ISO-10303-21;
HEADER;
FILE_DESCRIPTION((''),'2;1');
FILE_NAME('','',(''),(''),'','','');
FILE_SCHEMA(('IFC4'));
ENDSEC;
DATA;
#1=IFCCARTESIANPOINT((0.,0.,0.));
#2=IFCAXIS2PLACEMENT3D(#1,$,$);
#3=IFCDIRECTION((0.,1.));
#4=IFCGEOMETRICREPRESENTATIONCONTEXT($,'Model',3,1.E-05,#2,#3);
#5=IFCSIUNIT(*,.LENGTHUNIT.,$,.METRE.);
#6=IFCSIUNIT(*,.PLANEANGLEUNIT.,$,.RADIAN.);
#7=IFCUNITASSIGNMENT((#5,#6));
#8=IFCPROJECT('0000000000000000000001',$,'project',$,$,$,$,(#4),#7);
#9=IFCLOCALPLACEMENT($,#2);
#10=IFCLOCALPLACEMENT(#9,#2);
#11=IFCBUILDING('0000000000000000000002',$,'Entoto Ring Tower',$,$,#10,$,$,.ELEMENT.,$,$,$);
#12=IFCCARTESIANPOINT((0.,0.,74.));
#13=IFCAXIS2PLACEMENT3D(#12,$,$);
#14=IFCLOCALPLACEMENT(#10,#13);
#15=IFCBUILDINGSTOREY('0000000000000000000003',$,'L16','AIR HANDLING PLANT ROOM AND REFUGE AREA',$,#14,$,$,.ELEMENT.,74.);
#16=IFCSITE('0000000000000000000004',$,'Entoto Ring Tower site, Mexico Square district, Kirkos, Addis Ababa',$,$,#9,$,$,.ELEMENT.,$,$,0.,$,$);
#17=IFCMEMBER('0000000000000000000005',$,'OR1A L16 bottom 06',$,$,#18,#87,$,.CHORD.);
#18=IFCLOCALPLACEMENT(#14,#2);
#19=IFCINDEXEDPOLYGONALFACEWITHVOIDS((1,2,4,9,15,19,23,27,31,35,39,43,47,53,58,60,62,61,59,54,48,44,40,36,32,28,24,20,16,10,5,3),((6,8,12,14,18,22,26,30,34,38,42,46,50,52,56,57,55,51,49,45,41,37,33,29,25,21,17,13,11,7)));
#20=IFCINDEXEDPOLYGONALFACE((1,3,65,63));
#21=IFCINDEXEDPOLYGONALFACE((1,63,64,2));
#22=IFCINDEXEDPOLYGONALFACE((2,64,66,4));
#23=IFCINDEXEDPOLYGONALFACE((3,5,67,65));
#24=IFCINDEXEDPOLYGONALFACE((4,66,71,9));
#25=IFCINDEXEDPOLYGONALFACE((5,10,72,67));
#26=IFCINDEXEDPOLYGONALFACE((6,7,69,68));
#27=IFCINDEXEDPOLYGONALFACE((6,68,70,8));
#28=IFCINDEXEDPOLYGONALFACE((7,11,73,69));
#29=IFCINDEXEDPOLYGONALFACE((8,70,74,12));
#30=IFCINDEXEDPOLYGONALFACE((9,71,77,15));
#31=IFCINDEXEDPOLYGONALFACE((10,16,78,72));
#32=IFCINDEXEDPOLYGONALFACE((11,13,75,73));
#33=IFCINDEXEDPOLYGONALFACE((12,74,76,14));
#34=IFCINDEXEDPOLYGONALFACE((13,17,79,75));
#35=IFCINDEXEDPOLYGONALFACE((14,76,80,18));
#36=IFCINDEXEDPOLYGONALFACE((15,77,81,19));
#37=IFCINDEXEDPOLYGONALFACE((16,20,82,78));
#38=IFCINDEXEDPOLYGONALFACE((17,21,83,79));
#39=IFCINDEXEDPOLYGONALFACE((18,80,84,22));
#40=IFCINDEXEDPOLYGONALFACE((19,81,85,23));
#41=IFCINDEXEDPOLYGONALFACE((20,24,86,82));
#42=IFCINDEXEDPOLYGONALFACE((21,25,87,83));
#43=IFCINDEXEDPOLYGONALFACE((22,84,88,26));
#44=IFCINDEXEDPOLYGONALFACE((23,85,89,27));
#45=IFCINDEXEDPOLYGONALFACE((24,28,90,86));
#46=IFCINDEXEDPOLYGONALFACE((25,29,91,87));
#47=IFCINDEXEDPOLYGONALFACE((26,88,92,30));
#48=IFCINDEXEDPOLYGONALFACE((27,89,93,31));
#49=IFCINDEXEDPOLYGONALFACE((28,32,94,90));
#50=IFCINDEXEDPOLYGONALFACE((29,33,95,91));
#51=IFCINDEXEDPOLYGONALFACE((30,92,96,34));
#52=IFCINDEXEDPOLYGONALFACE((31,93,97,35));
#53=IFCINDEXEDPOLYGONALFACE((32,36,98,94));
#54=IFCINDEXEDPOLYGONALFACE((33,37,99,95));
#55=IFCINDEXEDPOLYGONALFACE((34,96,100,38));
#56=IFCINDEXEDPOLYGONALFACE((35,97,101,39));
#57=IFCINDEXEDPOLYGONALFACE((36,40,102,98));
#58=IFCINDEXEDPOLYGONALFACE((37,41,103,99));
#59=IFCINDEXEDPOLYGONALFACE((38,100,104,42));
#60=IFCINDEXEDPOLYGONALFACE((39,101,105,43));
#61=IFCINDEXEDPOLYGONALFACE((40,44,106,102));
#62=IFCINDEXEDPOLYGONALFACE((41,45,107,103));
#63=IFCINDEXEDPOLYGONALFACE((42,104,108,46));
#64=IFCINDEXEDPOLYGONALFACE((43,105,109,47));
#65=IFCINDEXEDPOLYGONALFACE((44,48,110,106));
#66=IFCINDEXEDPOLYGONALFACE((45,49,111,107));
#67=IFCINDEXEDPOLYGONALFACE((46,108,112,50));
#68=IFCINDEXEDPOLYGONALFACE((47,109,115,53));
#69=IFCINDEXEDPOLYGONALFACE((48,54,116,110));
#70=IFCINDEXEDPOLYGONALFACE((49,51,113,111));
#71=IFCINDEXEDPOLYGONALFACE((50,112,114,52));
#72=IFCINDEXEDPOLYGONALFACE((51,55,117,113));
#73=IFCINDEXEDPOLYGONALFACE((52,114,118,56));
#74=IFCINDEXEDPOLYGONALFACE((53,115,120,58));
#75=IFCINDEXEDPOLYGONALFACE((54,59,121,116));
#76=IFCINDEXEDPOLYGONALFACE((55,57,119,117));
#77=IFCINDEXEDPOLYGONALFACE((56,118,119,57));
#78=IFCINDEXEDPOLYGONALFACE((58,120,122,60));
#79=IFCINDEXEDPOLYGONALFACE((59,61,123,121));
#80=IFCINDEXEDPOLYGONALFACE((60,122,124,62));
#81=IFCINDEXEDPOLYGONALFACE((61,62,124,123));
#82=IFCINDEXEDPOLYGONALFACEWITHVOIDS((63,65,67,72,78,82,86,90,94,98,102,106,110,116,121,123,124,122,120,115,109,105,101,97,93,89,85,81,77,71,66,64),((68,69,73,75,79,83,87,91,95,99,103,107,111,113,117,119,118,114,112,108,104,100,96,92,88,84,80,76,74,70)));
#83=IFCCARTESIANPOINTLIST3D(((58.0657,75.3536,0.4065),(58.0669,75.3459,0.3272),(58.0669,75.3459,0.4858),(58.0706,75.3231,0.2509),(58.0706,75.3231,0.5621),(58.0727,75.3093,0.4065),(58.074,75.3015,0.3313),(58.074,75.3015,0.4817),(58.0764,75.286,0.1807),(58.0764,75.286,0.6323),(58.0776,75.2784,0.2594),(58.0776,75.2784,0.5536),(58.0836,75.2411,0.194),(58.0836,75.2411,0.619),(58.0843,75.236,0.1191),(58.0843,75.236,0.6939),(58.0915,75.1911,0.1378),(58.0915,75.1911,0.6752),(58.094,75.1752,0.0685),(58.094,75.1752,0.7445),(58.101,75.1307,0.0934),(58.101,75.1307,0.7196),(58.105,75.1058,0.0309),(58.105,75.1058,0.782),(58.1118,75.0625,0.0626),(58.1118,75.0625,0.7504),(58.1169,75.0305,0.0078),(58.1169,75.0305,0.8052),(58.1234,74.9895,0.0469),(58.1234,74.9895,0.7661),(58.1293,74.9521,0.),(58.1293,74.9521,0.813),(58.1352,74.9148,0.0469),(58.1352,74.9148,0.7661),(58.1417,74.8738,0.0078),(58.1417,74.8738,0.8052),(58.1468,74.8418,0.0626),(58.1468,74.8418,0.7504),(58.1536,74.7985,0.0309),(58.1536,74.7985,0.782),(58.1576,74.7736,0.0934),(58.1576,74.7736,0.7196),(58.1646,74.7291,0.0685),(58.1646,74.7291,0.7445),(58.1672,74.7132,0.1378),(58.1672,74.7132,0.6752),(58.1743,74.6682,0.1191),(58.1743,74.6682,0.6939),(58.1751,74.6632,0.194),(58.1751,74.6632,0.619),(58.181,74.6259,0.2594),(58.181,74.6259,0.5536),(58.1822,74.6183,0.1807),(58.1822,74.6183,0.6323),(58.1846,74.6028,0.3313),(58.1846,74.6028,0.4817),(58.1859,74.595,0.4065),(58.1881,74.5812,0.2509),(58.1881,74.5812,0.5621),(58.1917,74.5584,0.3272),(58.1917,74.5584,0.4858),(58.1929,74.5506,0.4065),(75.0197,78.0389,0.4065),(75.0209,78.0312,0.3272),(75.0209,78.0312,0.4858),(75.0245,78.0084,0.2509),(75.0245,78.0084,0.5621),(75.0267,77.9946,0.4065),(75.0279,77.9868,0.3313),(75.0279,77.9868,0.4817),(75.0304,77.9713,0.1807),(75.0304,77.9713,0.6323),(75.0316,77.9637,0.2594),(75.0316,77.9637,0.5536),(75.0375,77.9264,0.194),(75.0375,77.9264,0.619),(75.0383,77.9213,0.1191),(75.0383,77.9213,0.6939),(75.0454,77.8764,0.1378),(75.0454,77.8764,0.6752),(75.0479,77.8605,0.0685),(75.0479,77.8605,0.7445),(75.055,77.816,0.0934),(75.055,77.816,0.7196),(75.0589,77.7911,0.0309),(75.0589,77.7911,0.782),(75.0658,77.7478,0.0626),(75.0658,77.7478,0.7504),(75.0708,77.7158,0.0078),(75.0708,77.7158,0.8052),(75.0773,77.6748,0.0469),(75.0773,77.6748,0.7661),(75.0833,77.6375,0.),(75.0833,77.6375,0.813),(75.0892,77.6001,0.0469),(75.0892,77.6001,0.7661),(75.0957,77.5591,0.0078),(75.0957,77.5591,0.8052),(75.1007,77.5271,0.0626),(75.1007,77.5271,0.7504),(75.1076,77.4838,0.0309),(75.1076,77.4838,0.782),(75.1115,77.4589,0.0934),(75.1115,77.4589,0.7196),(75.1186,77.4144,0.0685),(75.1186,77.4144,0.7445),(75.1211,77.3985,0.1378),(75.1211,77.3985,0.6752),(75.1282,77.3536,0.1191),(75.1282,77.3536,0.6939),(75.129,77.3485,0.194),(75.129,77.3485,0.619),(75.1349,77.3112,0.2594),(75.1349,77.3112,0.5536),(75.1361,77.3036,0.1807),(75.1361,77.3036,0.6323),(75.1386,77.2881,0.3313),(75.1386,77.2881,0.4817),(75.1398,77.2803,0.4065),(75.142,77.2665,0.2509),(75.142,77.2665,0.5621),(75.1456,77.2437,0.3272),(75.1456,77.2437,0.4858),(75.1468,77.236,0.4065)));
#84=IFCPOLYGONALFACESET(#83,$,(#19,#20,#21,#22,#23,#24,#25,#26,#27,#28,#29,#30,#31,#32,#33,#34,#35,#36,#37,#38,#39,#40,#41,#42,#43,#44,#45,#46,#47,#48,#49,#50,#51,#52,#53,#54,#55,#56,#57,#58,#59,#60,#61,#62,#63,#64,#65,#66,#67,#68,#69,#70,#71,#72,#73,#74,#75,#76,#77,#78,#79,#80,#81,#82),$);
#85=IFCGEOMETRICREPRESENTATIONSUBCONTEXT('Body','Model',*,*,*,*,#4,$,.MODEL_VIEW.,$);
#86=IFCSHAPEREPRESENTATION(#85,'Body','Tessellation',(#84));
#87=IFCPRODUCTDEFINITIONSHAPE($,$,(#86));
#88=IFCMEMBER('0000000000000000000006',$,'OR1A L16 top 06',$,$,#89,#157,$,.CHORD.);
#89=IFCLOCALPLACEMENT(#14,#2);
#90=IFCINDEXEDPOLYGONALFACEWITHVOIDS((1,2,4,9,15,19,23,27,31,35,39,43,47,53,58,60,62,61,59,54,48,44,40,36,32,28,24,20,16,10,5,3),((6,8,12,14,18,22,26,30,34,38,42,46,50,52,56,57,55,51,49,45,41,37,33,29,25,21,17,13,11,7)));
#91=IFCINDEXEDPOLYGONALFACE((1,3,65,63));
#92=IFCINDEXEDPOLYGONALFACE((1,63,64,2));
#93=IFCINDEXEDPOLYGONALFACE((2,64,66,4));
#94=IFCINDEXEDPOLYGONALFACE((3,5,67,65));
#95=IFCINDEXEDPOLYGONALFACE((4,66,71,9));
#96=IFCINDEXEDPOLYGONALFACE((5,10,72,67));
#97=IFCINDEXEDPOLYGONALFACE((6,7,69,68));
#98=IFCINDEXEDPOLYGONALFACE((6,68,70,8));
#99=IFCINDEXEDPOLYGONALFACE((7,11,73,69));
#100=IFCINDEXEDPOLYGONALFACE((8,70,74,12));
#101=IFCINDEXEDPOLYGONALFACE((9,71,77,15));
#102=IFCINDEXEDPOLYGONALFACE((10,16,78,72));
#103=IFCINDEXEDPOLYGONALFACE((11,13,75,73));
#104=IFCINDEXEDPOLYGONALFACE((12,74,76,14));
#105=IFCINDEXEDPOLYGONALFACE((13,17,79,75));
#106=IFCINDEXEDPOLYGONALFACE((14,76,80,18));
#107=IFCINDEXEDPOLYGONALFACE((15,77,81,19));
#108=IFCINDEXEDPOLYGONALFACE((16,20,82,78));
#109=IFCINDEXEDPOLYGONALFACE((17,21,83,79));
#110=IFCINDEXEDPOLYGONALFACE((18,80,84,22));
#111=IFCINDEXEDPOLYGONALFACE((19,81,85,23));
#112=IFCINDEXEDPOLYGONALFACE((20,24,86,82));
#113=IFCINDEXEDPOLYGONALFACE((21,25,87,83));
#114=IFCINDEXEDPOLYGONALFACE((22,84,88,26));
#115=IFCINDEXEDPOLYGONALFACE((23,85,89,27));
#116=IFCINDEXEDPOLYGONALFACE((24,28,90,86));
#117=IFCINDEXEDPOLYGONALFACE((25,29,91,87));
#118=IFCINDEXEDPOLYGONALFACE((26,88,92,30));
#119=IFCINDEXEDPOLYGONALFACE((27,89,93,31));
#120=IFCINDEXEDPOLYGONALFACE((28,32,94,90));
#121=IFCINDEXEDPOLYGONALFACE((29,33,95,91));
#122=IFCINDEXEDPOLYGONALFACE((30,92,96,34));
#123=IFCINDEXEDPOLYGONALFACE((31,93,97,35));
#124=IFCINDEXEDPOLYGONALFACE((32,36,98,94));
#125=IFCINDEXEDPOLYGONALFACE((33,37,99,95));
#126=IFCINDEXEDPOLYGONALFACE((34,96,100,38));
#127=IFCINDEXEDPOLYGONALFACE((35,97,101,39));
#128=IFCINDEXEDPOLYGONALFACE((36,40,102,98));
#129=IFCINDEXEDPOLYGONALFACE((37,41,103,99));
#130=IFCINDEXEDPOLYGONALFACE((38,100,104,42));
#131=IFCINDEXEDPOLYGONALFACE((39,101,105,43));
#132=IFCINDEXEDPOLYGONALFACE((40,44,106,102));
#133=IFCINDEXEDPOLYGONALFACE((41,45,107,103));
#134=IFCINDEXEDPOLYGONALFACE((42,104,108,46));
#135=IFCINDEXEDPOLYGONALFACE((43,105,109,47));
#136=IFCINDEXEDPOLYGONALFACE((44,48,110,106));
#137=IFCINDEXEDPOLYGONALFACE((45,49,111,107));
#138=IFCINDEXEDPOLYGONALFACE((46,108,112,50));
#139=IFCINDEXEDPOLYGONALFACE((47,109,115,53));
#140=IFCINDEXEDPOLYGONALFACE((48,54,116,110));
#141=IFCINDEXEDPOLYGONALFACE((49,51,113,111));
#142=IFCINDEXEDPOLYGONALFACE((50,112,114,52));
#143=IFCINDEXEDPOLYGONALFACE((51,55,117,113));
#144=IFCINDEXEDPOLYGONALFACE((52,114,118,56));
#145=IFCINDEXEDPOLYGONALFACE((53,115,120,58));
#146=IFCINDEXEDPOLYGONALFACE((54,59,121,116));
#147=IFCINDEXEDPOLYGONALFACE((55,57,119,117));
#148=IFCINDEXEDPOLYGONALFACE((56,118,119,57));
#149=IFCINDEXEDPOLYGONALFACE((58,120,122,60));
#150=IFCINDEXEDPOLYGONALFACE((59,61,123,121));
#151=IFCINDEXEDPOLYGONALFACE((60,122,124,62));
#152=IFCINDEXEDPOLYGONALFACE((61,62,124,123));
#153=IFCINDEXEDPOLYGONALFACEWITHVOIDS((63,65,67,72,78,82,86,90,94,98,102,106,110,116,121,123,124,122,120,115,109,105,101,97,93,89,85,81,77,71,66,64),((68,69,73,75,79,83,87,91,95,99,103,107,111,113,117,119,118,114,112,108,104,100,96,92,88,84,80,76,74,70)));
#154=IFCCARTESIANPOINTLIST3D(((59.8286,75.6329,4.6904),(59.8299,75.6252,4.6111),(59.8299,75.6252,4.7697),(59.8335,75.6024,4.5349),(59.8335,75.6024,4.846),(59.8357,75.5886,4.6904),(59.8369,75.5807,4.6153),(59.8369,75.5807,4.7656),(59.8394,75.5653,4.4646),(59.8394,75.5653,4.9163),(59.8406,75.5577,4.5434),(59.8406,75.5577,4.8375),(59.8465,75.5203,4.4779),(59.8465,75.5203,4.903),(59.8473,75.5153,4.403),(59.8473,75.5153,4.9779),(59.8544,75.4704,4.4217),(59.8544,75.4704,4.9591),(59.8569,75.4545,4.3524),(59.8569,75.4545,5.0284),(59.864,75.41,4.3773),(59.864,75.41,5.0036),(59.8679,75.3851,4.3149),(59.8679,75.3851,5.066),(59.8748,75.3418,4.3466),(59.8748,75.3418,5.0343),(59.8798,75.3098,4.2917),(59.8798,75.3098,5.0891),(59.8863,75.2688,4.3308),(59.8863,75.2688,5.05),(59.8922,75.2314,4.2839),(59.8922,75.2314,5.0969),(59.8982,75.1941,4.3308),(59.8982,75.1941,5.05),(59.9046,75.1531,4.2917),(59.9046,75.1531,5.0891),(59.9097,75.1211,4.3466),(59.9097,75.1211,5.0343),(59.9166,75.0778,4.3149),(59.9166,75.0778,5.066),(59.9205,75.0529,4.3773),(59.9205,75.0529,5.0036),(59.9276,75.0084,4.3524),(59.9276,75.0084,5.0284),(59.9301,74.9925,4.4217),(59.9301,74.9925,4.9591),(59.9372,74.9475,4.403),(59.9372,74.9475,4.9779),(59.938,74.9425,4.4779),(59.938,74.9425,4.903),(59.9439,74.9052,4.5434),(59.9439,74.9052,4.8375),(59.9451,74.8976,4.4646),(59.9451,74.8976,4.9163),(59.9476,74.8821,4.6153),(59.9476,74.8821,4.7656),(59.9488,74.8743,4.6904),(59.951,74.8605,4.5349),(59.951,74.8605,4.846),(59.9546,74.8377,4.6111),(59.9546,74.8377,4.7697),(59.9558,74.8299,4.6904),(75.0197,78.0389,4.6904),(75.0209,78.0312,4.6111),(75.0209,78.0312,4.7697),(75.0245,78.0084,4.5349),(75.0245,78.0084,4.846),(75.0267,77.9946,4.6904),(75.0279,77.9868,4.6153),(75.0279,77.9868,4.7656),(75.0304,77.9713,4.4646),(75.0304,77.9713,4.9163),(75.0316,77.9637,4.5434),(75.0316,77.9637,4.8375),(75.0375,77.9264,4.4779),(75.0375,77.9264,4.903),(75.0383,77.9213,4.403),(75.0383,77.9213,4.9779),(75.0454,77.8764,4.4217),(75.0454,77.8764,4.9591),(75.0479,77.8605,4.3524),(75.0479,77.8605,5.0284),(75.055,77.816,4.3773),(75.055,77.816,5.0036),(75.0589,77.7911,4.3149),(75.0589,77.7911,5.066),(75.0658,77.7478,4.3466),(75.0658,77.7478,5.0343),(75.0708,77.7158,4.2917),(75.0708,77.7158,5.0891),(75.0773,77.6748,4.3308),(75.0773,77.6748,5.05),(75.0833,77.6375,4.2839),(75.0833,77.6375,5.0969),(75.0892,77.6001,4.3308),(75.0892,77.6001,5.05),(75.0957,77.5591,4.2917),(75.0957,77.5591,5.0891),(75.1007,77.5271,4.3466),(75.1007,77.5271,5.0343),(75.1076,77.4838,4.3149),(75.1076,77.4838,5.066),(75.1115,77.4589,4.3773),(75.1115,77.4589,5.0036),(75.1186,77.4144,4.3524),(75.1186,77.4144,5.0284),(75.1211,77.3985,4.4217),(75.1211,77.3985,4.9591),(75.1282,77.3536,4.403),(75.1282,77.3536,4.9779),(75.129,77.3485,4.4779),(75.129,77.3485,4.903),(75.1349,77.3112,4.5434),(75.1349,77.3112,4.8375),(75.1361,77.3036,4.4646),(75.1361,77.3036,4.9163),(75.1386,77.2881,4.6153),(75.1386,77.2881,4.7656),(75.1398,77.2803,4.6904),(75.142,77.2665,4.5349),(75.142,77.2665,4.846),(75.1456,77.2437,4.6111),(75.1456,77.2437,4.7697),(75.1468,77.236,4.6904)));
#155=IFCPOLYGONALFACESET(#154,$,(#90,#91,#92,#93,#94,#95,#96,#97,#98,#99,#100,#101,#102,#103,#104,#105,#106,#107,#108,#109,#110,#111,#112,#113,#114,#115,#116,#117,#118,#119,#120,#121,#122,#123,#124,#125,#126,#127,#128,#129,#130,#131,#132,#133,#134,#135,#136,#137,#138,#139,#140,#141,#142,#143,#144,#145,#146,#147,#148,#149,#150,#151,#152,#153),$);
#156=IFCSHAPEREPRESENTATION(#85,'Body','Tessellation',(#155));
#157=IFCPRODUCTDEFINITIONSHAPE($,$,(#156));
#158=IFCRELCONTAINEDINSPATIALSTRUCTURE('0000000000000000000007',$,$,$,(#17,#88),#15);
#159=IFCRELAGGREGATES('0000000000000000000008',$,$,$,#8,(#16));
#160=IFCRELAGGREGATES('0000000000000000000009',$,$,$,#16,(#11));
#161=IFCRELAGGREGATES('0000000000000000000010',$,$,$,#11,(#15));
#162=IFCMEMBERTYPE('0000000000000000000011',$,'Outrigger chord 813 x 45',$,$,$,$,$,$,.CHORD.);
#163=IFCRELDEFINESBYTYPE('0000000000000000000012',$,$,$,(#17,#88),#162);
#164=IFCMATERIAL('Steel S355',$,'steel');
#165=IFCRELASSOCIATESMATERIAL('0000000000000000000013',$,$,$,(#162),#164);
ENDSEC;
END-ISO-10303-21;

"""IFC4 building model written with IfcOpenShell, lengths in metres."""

from ifc_helpers import new_model, si_unit, direction, frame, origin, origin_2d, place, context, subcontext, project, spatial, circle, hollow_circle, extrude, material, material_profile, profile_set, type_object, element, save


model = new_model("IFC4")

# Units and contexts
model_context = context("Model", 3, precision=1e-05, world=origin(), true_north=direction((0.0, 1.0)))
body_context = subcontext(model_context, "Body", "Model", "MODEL_VIEW")
ifc_project = project(units=[si_unit("LENGTHUNIT", "METRE"), si_unit("PLANEANGLEUNIT", "RADIAN")], contexts=[model_context])

# Site, building, storey
site_placement = place(None, origin())
site = spatial("IfcSite", under=ifc_project, at=site_placement, Name="Entoto Ring Tower site, Mexico Square district, Kirkos, Addis Ababa", CompositionType="ELEMENT", RefElevation=0.0)
building_placement = place(site_placement, origin())
building = spatial("IfcBuilding", under=site, at=building_placement, Name="Entoto Ring Tower", CompositionType="ELEMENT")
storey_placement = place(building_placement, frame((0.0, 0.0, 74.0)))
storey = spatial("IfcBuildingStorey", under=building, at=storey_placement, Name="L16", Description="AIR HANDLING PLANT ROOM AND REFUGE AREA", CompositionType="ELEMENT", Elevation=74.0)

# Members
ifc_material_1 = material(Name="Steel S355", Category="steel")
ifc_material_profile_1 = material_profile(ifc_material_1, hollow_circle(Radius=0.4065, WallThickness=0.0449, at=origin_2d()), Name="CHS 813 x 45")
ifc_material_2 = material(Name="Concrete C60/75", Category="concrete")
ifc_material_profile_2 = material_profile(ifc_material_2, circle(Radius=0.3616, at=origin_2d()), Name="Concrete C60/75 infill")
ifc_profile_set_1 = profile_set([ifc_material_profile_1, ifc_material_profile_2], Name="Steel S355")
member_type_1 = type_object("IfcMemberType", Name="Outrigger chord 813 x 45", PredefinedType="CHORD", material=ifc_profile_set_1)
member_1_placement = place(storey_placement, frame((75.0833, 77.6375, 0.4065), z_axis=(-0.987688, -0.156439, 0.0), x_axis=(0.156439, -0.987688, 0.0)))
element("IfcMember", 1, at=member_1_placement, inside=storey, type_object=member_type_1, Name="OR1A L16 bottom 06", PredefinedType="CHORD", context=body_context, shape_type="SweptSolid", body=[
    extrude(hollow_circle(Radius=0.4065, WallThickness=0.0449, at=origin_2d()), origin(), (0.0, 0.0, 1.0), 17.1653),
])
member_2_placement = place(storey_placement, frame((75.0833, 77.6375, 4.6904), z_axis=(-0.987688, -0.156435, 0.0), x_axis=(0.156435, -0.987688, 0.0)))
element("IfcMember", 2, at=member_2_placement, inside=storey, type_object=member_type_1, Name="OR1A L16 top 06", PredefinedType="CHORD", context=body_context, shape_type="SweptSolid", body=[
    extrude(hollow_circle(Radius=0.4065, WallThickness=0.0449, at=origin_2d()), origin(), (0.0, 0.0, 1.0), 15.3804),
])

save(model, "model.ifc")
